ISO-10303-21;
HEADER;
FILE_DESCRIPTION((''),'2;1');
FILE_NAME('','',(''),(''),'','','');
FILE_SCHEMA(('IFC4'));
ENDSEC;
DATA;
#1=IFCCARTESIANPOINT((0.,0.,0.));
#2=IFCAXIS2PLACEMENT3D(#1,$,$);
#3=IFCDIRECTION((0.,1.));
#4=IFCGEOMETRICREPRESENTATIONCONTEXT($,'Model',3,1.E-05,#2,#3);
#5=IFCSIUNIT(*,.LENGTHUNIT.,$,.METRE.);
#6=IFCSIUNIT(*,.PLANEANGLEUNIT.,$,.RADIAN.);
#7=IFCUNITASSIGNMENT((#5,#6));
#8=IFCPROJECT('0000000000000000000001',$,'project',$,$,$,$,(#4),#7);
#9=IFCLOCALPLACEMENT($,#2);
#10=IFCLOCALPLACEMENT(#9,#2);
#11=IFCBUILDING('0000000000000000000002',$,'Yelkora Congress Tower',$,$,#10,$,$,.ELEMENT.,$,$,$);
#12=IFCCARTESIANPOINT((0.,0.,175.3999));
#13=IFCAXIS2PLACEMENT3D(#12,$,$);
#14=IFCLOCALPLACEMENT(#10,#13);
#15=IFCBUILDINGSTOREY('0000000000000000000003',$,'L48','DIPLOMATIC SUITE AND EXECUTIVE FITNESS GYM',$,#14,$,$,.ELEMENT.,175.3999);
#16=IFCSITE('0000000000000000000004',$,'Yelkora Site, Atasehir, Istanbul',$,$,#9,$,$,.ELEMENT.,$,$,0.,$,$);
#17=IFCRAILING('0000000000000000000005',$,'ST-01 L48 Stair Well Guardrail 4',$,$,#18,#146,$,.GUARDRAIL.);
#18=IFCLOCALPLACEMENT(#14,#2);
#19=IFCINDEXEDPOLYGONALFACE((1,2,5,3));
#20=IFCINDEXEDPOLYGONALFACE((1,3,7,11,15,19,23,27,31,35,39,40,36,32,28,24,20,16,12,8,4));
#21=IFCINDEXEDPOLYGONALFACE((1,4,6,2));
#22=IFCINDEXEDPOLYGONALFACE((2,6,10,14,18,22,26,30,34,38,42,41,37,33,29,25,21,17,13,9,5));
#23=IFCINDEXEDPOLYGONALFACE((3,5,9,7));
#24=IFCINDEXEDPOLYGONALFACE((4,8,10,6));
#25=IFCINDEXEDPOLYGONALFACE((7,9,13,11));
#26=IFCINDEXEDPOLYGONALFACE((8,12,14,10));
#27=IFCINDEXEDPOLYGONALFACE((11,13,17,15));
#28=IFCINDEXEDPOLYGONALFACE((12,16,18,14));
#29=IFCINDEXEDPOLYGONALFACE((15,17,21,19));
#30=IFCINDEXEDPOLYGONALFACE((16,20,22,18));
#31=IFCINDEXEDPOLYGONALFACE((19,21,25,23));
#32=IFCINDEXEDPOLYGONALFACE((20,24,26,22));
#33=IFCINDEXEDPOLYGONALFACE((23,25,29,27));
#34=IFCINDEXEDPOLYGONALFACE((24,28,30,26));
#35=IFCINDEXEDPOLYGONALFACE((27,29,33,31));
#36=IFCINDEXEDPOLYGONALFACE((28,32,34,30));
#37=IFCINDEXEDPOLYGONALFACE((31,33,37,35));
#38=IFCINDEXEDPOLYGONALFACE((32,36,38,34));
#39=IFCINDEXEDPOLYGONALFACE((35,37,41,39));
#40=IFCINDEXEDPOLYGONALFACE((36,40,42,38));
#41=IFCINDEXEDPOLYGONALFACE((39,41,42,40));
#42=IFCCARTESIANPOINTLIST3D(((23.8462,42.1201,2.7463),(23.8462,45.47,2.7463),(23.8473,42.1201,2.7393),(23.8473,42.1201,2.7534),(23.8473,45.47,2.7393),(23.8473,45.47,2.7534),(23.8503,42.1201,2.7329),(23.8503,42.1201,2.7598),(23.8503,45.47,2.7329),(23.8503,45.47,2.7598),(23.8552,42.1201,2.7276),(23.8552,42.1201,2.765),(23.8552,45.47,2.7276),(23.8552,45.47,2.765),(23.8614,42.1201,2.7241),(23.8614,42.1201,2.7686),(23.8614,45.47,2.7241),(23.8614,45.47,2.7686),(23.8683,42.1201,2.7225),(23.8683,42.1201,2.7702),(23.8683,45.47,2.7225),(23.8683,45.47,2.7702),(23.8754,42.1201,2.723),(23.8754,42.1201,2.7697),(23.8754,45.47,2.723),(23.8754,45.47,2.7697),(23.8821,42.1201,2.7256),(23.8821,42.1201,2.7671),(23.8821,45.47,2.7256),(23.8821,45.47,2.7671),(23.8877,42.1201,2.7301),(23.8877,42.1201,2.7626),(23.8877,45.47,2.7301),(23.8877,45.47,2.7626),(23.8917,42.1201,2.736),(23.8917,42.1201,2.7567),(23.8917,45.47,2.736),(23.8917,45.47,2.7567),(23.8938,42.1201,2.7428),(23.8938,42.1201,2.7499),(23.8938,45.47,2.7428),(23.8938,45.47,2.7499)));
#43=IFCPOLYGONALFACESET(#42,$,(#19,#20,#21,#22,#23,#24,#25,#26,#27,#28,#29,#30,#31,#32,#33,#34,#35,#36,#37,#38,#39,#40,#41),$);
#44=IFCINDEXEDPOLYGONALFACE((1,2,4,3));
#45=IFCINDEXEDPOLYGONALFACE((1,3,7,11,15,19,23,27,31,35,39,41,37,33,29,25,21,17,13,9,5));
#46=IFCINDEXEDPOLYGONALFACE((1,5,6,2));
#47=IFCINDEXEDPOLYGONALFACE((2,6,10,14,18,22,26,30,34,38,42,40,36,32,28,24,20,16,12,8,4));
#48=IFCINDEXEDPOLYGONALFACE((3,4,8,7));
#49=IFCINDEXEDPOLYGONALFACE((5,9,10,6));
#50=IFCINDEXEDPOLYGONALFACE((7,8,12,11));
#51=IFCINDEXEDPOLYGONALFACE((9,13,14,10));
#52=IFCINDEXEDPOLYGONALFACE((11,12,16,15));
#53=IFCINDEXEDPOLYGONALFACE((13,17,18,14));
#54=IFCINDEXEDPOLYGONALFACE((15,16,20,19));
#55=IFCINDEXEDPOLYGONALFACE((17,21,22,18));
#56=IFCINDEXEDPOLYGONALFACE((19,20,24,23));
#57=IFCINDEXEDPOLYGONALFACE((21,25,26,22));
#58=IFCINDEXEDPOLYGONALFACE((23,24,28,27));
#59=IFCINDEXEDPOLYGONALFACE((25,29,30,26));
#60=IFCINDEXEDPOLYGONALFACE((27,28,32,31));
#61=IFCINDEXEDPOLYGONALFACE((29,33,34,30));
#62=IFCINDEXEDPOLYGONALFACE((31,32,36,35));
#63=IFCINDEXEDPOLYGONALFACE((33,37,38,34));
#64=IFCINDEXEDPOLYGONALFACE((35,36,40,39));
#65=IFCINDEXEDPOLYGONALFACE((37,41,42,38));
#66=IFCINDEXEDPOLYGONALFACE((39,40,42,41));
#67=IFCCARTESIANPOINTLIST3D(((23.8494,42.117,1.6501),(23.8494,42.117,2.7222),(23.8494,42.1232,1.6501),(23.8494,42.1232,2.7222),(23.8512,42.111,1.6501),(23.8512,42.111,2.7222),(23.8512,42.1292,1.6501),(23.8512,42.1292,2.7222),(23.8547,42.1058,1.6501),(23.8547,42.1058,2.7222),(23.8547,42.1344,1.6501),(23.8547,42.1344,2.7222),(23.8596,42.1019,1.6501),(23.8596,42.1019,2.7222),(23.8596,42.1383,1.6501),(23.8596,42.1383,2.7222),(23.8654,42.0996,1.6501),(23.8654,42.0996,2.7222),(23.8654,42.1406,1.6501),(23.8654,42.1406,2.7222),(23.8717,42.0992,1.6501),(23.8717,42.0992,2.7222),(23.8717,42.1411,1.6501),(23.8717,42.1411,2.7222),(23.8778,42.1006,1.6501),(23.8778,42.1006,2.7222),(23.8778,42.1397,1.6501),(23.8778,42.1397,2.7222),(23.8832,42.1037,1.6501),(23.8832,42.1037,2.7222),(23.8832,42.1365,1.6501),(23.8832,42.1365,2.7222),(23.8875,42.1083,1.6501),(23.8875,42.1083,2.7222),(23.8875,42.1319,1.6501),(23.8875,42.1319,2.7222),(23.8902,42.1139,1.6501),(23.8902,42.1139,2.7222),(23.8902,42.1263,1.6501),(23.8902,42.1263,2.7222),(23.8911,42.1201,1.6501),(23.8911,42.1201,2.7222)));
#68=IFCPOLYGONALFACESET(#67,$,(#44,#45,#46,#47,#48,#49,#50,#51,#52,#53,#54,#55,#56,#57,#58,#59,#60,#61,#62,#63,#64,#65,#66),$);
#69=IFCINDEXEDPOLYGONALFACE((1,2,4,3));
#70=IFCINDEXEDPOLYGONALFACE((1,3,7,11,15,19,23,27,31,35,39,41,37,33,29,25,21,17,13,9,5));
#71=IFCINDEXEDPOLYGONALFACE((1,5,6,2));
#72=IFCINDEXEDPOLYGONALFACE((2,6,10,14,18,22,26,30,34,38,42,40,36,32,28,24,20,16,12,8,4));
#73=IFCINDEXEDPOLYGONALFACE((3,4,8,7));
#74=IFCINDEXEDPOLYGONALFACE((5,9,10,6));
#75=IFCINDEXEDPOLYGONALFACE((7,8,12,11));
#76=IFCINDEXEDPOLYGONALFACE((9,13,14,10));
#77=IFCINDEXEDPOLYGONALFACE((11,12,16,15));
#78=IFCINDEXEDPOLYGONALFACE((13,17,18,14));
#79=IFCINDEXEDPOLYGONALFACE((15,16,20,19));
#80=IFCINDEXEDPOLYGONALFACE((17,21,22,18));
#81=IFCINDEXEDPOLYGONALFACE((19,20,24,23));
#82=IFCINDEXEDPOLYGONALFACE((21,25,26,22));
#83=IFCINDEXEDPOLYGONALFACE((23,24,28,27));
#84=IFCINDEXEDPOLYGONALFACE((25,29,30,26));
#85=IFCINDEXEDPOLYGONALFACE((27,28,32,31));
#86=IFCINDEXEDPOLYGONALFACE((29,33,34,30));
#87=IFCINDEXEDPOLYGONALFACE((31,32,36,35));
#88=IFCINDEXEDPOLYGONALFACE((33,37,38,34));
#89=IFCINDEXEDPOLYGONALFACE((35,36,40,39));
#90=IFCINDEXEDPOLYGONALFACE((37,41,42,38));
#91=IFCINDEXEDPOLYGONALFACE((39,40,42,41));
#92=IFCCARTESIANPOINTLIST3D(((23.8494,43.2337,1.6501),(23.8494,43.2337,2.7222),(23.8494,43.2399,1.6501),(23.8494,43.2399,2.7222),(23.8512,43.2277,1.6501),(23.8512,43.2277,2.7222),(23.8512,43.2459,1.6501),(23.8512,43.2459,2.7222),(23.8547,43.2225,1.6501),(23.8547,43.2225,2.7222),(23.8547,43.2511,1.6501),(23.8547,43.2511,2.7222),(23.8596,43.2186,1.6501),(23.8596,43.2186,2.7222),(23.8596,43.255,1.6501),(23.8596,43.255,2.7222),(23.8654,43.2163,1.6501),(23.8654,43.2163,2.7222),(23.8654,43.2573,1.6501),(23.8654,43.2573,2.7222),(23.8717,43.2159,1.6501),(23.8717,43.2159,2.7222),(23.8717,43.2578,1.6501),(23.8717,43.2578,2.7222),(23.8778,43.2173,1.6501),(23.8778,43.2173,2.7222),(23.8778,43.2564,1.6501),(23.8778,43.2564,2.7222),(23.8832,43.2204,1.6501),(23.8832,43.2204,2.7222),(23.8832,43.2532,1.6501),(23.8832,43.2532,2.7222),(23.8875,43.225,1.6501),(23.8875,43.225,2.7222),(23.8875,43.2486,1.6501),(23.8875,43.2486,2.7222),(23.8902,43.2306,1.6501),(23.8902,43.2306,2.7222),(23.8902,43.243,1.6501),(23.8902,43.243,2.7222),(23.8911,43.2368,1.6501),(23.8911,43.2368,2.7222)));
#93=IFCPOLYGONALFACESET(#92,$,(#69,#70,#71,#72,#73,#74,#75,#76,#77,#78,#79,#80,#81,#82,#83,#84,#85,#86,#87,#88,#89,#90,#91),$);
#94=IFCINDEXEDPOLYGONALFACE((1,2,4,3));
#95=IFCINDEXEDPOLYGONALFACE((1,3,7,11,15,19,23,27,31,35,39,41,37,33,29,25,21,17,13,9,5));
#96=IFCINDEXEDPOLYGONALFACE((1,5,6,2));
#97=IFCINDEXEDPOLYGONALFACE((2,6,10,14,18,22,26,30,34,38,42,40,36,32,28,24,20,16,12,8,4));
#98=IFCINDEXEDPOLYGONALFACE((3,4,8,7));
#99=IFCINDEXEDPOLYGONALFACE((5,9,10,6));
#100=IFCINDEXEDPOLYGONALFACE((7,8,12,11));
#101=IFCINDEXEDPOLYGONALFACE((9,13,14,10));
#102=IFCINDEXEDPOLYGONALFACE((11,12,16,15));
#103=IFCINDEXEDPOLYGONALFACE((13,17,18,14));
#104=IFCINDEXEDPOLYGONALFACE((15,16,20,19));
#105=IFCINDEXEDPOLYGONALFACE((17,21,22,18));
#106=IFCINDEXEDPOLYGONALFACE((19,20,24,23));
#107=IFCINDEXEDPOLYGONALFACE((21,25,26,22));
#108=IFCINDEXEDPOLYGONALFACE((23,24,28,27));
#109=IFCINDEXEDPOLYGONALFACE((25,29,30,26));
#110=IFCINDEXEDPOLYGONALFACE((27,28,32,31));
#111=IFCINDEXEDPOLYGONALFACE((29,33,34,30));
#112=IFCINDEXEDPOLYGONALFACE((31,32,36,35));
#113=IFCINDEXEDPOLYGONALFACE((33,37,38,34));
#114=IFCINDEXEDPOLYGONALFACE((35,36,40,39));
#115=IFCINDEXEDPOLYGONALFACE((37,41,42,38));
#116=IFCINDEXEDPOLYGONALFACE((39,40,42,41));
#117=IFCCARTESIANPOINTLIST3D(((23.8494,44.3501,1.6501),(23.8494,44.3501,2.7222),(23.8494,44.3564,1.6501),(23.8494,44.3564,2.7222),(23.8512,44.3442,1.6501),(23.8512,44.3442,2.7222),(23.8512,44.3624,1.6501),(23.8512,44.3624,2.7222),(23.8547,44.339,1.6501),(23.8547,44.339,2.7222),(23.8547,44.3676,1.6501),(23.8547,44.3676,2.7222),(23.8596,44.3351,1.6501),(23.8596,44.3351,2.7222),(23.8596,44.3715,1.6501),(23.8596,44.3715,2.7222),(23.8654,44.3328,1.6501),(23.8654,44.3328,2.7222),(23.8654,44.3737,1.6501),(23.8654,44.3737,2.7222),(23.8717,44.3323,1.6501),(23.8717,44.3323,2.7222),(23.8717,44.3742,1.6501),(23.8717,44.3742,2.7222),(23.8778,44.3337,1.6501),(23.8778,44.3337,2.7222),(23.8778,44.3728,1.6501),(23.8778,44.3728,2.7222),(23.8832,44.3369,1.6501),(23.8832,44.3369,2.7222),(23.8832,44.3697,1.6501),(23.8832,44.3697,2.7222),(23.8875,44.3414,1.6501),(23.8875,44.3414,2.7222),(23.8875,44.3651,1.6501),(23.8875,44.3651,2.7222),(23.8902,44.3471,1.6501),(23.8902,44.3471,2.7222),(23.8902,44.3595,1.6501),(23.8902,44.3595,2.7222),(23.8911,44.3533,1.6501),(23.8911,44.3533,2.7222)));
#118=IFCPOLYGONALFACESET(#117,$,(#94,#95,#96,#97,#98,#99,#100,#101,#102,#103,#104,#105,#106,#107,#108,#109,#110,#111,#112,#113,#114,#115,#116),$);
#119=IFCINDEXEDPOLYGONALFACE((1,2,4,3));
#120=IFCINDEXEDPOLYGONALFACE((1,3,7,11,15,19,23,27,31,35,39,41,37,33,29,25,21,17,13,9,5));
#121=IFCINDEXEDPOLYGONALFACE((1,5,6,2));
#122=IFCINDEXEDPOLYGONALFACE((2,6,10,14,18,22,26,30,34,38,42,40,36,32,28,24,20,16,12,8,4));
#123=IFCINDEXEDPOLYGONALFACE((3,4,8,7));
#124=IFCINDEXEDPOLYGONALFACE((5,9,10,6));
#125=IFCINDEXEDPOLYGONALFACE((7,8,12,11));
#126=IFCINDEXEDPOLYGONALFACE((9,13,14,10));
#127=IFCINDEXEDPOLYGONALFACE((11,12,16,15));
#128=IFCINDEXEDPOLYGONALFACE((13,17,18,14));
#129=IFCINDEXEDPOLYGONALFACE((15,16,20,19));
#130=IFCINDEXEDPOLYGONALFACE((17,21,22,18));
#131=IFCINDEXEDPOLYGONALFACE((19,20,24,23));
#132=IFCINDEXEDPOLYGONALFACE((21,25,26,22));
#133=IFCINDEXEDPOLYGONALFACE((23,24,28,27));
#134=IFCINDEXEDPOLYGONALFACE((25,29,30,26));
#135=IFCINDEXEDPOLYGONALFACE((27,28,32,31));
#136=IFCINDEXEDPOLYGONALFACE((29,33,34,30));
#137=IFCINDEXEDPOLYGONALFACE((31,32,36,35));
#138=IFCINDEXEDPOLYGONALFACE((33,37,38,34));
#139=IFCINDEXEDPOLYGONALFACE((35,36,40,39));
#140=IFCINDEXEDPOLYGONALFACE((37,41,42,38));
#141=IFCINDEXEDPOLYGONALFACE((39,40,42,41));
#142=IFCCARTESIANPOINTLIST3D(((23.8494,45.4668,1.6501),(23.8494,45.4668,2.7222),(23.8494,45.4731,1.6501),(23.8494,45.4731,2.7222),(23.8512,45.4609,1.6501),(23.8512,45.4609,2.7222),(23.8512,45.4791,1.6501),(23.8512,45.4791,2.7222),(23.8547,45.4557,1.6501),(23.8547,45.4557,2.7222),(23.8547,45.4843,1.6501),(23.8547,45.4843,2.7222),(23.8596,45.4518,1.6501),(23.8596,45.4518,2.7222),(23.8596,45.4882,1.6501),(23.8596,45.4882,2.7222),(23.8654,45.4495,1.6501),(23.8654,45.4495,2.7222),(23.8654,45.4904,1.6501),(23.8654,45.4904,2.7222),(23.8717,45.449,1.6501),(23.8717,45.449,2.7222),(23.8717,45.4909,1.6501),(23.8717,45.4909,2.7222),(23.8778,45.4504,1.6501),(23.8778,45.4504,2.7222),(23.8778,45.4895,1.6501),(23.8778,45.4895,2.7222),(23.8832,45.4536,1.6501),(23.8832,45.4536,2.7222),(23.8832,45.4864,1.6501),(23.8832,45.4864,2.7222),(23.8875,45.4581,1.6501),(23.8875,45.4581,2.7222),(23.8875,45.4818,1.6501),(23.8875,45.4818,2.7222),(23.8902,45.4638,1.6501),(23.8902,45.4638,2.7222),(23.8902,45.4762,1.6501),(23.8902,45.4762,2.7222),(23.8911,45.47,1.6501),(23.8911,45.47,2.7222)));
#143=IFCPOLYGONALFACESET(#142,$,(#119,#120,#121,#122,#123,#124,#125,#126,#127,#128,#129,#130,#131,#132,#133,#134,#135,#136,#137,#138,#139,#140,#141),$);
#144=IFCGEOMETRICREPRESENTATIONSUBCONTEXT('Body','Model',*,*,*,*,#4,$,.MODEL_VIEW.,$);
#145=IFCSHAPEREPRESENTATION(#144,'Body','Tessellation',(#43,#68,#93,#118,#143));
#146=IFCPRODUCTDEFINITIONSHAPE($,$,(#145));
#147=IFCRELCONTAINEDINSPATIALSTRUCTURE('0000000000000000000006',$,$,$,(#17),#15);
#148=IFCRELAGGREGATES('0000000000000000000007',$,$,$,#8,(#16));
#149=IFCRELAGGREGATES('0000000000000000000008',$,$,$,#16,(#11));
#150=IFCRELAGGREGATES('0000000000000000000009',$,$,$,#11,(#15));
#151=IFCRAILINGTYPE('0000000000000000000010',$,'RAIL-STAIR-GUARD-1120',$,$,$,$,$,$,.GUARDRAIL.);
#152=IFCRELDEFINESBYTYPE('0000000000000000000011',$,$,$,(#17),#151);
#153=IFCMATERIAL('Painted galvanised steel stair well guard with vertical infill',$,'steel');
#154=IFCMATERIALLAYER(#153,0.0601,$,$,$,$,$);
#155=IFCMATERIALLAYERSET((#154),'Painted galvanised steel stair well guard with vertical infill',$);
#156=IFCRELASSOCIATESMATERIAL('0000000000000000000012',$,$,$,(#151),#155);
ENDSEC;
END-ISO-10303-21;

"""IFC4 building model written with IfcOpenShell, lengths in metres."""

from ifc_helpers import new_model, si_unit, direction, frame, origin, origin_2d, place, context, subcontext, project, spatial, circle, extrude, material, layer, layer_set, type_object, element, save


model = new_model("IFC4")

# Units and contexts
model_context = context("Model", 3, precision=1e-05, world=origin(), true_north=direction((0.0, 1.0)))
body_context = subcontext(model_context, "Body", "Model", "MODEL_VIEW")
ifc_project = project(units=[si_unit("LENGTHUNIT", "METRE"), si_unit("PLANEANGLEUNIT", "RADIAN")], contexts=[model_context])

# Site, building, storey
site_placement = place(None, origin())
site = spatial("IfcSite", under=ifc_project, at=site_placement, Name="Yelkora Site, Atasehir, Istanbul", CompositionType="ELEMENT", RefElevation=0.0)
building_placement = place(site_placement, origin())
building = spatial("IfcBuilding", under=site, at=building_placement, Name="Yelkora Congress Tower", CompositionType="ELEMENT")
storey_placement = place(building_placement, frame((0.0, 0.0, 175.3999)))
storey = spatial("IfcBuildingStorey", under=building, at=storey_placement, Name="L48", Description="DIPLOMATIC SUITE AND EXECUTIVE FITNESS GYM", CompositionType="ELEMENT", Elevation=175.3999)

# Railing
ifc_material_1 = material(Name="Painted galvanised steel stair well guard with vertical infill", Category="steel")
ifc_layer_1 = layer(ifc_material_1, 0.0601)
ifc_layer_set_1 = layer_set([ifc_layer_1], Name="Painted galvanised steel stair well guard with vertical infill")
railing_type_1 = type_object("IfcRailingType", Name="RAIL-STAIR-GUARD-1120", PredefinedType="GUARDRAIL", material=ifc_layer_set_1)
for number, where, name in (
    (1, (23.8701, 42.1201, 1.6501), "ST-01 L48 Stair Well Guardrail 4"),
):
    element("IfcRailing", number, at=place(storey_placement, frame(where)), inside=storey, type_object=railing_type_1, Name=name, PredefinedType="GUARDRAIL", context=body_context, shape_type="SweptSolid", body=[
        extrude(circle(Radius=0.0239, at=origin_2d()), frame((0.0, 0.0, 1.0962), z_axis=(0.0, 1.0, 0.0), x_axis=(-1.0, 0.0, 0.0)), (0.0, 0.0, 1.0), 3.3499),
        extrude(circle(Radius=0.021, at=origin_2d()), origin(), (0.0, 0.0, 1.0), 1.072),
        extrude(circle(Radius=0.021, at=origin_2d()), frame((0.0, 1.1167, 0.0)), (0.0, 0.0, 1.0), 1.072),
        extrude(circle(Radius=0.021, at=origin_2d()), frame((0.0, 2.2332, 0.0)), (0.0, 0.0, 1.0), 1.072),
        extrude(circle(Radius=0.021, at=origin_2d()), frame((0.0, 3.3499, 0.0)), (0.0, 0.0, 1.0), 1.072),
    ])

save(model, "model.ifc")
